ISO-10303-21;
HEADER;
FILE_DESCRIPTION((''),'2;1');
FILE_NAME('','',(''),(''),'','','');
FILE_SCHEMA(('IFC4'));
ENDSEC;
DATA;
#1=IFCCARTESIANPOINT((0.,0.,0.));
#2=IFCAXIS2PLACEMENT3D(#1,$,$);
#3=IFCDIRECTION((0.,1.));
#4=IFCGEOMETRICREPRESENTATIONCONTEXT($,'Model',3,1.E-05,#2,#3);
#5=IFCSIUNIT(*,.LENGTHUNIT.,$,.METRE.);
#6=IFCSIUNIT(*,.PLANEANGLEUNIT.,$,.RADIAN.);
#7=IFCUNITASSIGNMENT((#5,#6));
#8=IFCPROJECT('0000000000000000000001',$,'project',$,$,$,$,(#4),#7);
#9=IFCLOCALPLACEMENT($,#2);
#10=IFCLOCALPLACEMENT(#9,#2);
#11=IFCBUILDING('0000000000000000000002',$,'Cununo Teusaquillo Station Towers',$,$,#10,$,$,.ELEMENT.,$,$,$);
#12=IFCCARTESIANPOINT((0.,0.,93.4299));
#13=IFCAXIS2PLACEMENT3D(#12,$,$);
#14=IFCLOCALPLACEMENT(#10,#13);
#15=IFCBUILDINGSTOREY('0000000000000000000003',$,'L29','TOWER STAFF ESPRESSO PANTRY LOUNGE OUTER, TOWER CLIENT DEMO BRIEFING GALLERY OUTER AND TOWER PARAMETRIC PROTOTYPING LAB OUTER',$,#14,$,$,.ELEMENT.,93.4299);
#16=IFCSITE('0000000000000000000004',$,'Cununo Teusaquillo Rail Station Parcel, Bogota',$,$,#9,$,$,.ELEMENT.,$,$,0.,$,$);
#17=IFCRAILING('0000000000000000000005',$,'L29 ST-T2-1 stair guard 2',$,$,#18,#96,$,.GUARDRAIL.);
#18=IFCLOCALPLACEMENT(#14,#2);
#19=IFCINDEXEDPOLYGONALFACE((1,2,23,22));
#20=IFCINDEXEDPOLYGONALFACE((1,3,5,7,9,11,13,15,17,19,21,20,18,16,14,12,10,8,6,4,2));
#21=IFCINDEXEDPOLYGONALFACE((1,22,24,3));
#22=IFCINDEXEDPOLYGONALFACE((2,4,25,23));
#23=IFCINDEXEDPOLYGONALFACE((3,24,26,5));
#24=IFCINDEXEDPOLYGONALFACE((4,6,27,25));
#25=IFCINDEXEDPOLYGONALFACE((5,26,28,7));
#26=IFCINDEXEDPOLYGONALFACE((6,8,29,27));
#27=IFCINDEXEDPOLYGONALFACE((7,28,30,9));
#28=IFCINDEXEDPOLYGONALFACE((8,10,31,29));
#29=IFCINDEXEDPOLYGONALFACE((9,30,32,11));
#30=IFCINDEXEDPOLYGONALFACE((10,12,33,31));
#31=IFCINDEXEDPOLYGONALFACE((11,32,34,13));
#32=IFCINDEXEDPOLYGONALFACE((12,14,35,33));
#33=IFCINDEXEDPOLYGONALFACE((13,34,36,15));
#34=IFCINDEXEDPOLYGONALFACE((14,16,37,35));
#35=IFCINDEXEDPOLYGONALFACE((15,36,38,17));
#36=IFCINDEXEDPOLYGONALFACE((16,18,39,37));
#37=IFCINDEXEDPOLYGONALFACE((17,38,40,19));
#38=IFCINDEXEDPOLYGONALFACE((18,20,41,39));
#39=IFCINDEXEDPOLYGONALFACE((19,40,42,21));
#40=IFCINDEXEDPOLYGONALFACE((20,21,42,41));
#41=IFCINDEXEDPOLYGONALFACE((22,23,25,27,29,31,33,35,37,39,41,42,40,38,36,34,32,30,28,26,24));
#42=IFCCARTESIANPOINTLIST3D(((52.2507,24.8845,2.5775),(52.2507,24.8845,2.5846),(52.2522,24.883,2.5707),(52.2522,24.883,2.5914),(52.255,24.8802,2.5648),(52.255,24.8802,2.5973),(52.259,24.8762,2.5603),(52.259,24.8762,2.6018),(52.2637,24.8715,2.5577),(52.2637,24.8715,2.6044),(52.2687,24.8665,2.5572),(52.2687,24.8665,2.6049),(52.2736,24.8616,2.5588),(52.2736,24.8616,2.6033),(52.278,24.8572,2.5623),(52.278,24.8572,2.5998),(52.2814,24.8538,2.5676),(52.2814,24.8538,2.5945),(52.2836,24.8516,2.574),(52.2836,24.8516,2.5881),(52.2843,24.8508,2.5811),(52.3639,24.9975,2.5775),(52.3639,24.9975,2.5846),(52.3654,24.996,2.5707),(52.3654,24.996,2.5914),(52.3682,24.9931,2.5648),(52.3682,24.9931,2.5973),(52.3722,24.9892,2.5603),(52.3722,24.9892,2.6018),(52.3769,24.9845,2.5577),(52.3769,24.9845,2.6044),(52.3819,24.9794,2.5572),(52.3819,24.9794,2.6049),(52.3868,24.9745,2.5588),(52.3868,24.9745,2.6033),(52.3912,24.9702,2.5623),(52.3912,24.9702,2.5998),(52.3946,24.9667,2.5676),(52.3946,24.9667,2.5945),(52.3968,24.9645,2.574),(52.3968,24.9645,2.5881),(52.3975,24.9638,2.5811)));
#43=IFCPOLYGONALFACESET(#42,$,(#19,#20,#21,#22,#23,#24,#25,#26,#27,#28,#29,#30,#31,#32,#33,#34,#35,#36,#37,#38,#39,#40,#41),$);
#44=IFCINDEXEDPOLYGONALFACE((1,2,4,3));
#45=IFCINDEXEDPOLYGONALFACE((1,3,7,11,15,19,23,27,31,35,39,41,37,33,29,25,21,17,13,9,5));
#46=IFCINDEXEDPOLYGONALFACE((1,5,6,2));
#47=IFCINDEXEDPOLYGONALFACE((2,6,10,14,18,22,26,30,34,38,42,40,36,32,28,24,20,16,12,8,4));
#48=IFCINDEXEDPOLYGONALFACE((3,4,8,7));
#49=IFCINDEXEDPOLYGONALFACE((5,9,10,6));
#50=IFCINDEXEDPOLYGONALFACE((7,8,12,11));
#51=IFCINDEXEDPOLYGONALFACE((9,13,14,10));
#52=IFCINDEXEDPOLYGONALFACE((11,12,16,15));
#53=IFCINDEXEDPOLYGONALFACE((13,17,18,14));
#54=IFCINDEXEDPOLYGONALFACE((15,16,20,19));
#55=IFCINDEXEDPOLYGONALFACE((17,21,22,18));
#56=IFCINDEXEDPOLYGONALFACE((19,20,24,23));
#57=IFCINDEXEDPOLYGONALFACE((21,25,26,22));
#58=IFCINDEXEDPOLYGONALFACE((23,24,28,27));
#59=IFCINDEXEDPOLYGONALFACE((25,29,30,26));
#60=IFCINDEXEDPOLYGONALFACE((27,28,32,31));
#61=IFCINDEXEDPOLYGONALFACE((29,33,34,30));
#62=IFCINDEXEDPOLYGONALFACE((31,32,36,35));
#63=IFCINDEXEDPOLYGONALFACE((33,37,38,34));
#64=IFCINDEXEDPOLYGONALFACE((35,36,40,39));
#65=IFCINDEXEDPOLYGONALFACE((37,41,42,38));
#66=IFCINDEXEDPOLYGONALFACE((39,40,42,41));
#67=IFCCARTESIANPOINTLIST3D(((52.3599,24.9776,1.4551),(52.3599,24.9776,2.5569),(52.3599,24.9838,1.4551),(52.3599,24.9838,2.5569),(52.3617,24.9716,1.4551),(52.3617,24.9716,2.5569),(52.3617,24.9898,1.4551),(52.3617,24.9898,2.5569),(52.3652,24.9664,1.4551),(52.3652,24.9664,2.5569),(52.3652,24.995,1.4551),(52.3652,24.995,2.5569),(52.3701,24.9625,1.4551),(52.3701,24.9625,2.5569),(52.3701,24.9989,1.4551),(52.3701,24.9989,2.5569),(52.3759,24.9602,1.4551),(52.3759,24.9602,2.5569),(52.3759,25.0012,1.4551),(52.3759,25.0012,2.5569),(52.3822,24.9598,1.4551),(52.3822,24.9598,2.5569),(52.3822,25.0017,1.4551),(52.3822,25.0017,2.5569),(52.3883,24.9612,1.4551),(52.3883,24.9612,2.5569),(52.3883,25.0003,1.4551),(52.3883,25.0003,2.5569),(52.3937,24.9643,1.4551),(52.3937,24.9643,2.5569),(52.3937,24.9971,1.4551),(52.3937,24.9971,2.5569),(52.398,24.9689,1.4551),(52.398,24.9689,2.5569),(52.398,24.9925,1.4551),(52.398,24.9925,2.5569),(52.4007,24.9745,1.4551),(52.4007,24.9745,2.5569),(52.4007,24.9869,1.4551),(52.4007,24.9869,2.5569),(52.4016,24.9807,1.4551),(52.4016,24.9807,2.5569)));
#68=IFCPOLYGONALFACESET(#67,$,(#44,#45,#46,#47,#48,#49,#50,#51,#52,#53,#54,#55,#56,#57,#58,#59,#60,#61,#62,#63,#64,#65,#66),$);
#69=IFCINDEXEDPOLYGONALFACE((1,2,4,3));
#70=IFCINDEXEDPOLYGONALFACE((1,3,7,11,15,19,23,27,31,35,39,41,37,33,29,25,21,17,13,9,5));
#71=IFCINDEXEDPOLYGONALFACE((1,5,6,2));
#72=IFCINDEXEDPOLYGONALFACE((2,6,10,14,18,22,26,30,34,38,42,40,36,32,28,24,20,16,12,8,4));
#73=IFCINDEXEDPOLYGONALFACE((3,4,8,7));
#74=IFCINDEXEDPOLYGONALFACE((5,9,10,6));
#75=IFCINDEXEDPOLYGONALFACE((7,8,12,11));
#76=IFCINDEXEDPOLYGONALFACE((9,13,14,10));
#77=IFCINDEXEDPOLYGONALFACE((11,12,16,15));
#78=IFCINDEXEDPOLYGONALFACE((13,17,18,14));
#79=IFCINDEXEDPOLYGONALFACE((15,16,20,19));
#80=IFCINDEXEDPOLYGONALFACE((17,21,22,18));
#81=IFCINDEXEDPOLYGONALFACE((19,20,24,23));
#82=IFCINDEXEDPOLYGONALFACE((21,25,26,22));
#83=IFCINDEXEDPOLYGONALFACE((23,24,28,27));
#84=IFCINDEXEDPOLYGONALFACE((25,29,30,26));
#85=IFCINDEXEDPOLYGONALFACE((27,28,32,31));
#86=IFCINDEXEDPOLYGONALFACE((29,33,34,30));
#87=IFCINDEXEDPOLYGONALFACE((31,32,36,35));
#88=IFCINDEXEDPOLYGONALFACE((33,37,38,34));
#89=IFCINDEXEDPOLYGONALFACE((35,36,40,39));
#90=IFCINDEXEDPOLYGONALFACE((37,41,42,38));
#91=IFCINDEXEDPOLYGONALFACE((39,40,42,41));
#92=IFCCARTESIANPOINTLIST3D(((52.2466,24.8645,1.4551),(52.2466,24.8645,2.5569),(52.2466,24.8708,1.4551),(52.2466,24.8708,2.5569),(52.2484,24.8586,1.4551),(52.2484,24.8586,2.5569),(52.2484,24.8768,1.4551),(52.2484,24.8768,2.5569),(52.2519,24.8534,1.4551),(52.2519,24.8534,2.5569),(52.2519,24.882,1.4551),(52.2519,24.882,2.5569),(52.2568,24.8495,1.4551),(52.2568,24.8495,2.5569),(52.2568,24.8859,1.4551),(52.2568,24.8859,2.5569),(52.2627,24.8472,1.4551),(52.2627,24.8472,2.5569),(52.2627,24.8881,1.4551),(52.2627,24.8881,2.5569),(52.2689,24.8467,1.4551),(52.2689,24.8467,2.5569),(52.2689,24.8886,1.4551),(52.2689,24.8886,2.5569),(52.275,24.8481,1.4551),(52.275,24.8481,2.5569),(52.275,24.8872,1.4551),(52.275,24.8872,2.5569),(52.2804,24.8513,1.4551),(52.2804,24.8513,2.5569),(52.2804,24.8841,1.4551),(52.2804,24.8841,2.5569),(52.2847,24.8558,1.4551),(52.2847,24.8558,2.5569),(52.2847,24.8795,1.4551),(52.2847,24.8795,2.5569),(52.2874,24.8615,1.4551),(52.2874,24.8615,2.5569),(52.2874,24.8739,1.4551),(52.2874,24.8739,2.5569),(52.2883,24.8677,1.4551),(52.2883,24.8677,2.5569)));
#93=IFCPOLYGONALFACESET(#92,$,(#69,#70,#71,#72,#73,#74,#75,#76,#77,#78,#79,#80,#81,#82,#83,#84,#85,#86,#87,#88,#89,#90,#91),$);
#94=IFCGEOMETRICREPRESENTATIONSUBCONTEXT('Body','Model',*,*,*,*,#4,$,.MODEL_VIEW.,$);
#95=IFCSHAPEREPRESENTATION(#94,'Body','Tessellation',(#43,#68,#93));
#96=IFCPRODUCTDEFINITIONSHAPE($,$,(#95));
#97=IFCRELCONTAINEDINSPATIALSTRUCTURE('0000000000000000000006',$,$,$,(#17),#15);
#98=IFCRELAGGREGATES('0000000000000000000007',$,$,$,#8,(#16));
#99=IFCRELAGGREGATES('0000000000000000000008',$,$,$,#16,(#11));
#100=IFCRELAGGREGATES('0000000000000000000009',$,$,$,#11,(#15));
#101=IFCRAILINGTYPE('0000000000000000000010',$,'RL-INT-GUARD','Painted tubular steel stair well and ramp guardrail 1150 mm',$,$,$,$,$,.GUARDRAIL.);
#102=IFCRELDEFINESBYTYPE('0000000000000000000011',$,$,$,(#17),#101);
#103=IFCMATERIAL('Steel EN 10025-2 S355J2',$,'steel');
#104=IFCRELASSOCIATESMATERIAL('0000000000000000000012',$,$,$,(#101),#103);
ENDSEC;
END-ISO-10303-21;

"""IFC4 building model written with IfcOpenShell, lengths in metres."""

from ifc_helpers import new_model, si_unit, direction, frame, origin, origin_2d, place, context, subcontext, project, spatial, circle, extrude, material, type_object, element, save


model = new_model("IFC4")

# Units and contexts
model_context = context("Model", 3, precision=1e-05, world=origin(), true_north=direction((0.0, 1.0)))
body_context = subcontext(model_context, "Body", "Model", "MODEL_VIEW")
ifc_project = project(units=[si_unit("LENGTHUNIT", "METRE"), si_unit("PLANEANGLEUNIT", "RADIAN")], contexts=[model_context])

# Site, building, storey
site_placement = place(None, origin())
site = spatial("IfcSite", under=ifc_project, at=site_placement, Name="Cununo Teusaquillo Rail Station Parcel, Bogota", CompositionType="ELEMENT", RefElevation=0.0)
building_placement = place(site_placement, origin())
building = spatial("IfcBuilding", under=site, at=building_placement, Name="Cununo Teusaquillo Station Towers", CompositionType="ELEMENT")
storey_placement = place(building_placement, frame((0.0, 0.0, 93.4299)))
storey = spatial("IfcBuildingStorey", under=building, at=storey_placement, Name="L29", Description="TOWER STAFF ESPRESSO PANTRY LOUNGE OUTER, TOWER CLIENT DEMO BRIEFING GALLERY OUTER AND TOWER PARAMETRIC PROTOTYPING LAB OUTER", CompositionType="ELEMENT", Elevation=93.4299)

# Railing
ifc_material_1 = material(Name="Steel EN 10025-2 S355J2", Category="steel")
railing_type_1 = type_object("IfcRailingType", Name="RL-INT-GUARD", Description="Painted tubular steel stair well and ramp guardrail 1150 mm", PredefinedType="GUARDRAIL", material=ifc_material_1)
railing_1_placement = place(storey_placement, frame((52.3806, 24.9807, 1.4551)))
element("IfcRailing", 1, at=railing_1_placement, inside=storey, type_object=railing_type_1, Name="L29 ST-T2-1 stair guard 2", PredefinedType="GUARDRAIL", context=body_context, shape_type="SweptSolid", body=[
    extrude(circle(Radius=0.0239, at=origin_2d()), frame((0.0, 0.0, 1.126), z_axis=(-0.707869, -0.706344, 0.0), x_axis=(0.706344, -0.707869, 0.0)), (0.0, 0.0, 1.0), 0.1599),
    extrude(circle(Radius=0.021, at=origin_2d()), origin(), (0.0, 0.0, 1.0), 1.1018),
    extrude(circle(Radius=0.021, at=origin_2d()), frame((-0.1133, -0.113, 0.0)), (0.0, 0.0, 1.0), 1.1018),
])

save(model, "model.ifc")
